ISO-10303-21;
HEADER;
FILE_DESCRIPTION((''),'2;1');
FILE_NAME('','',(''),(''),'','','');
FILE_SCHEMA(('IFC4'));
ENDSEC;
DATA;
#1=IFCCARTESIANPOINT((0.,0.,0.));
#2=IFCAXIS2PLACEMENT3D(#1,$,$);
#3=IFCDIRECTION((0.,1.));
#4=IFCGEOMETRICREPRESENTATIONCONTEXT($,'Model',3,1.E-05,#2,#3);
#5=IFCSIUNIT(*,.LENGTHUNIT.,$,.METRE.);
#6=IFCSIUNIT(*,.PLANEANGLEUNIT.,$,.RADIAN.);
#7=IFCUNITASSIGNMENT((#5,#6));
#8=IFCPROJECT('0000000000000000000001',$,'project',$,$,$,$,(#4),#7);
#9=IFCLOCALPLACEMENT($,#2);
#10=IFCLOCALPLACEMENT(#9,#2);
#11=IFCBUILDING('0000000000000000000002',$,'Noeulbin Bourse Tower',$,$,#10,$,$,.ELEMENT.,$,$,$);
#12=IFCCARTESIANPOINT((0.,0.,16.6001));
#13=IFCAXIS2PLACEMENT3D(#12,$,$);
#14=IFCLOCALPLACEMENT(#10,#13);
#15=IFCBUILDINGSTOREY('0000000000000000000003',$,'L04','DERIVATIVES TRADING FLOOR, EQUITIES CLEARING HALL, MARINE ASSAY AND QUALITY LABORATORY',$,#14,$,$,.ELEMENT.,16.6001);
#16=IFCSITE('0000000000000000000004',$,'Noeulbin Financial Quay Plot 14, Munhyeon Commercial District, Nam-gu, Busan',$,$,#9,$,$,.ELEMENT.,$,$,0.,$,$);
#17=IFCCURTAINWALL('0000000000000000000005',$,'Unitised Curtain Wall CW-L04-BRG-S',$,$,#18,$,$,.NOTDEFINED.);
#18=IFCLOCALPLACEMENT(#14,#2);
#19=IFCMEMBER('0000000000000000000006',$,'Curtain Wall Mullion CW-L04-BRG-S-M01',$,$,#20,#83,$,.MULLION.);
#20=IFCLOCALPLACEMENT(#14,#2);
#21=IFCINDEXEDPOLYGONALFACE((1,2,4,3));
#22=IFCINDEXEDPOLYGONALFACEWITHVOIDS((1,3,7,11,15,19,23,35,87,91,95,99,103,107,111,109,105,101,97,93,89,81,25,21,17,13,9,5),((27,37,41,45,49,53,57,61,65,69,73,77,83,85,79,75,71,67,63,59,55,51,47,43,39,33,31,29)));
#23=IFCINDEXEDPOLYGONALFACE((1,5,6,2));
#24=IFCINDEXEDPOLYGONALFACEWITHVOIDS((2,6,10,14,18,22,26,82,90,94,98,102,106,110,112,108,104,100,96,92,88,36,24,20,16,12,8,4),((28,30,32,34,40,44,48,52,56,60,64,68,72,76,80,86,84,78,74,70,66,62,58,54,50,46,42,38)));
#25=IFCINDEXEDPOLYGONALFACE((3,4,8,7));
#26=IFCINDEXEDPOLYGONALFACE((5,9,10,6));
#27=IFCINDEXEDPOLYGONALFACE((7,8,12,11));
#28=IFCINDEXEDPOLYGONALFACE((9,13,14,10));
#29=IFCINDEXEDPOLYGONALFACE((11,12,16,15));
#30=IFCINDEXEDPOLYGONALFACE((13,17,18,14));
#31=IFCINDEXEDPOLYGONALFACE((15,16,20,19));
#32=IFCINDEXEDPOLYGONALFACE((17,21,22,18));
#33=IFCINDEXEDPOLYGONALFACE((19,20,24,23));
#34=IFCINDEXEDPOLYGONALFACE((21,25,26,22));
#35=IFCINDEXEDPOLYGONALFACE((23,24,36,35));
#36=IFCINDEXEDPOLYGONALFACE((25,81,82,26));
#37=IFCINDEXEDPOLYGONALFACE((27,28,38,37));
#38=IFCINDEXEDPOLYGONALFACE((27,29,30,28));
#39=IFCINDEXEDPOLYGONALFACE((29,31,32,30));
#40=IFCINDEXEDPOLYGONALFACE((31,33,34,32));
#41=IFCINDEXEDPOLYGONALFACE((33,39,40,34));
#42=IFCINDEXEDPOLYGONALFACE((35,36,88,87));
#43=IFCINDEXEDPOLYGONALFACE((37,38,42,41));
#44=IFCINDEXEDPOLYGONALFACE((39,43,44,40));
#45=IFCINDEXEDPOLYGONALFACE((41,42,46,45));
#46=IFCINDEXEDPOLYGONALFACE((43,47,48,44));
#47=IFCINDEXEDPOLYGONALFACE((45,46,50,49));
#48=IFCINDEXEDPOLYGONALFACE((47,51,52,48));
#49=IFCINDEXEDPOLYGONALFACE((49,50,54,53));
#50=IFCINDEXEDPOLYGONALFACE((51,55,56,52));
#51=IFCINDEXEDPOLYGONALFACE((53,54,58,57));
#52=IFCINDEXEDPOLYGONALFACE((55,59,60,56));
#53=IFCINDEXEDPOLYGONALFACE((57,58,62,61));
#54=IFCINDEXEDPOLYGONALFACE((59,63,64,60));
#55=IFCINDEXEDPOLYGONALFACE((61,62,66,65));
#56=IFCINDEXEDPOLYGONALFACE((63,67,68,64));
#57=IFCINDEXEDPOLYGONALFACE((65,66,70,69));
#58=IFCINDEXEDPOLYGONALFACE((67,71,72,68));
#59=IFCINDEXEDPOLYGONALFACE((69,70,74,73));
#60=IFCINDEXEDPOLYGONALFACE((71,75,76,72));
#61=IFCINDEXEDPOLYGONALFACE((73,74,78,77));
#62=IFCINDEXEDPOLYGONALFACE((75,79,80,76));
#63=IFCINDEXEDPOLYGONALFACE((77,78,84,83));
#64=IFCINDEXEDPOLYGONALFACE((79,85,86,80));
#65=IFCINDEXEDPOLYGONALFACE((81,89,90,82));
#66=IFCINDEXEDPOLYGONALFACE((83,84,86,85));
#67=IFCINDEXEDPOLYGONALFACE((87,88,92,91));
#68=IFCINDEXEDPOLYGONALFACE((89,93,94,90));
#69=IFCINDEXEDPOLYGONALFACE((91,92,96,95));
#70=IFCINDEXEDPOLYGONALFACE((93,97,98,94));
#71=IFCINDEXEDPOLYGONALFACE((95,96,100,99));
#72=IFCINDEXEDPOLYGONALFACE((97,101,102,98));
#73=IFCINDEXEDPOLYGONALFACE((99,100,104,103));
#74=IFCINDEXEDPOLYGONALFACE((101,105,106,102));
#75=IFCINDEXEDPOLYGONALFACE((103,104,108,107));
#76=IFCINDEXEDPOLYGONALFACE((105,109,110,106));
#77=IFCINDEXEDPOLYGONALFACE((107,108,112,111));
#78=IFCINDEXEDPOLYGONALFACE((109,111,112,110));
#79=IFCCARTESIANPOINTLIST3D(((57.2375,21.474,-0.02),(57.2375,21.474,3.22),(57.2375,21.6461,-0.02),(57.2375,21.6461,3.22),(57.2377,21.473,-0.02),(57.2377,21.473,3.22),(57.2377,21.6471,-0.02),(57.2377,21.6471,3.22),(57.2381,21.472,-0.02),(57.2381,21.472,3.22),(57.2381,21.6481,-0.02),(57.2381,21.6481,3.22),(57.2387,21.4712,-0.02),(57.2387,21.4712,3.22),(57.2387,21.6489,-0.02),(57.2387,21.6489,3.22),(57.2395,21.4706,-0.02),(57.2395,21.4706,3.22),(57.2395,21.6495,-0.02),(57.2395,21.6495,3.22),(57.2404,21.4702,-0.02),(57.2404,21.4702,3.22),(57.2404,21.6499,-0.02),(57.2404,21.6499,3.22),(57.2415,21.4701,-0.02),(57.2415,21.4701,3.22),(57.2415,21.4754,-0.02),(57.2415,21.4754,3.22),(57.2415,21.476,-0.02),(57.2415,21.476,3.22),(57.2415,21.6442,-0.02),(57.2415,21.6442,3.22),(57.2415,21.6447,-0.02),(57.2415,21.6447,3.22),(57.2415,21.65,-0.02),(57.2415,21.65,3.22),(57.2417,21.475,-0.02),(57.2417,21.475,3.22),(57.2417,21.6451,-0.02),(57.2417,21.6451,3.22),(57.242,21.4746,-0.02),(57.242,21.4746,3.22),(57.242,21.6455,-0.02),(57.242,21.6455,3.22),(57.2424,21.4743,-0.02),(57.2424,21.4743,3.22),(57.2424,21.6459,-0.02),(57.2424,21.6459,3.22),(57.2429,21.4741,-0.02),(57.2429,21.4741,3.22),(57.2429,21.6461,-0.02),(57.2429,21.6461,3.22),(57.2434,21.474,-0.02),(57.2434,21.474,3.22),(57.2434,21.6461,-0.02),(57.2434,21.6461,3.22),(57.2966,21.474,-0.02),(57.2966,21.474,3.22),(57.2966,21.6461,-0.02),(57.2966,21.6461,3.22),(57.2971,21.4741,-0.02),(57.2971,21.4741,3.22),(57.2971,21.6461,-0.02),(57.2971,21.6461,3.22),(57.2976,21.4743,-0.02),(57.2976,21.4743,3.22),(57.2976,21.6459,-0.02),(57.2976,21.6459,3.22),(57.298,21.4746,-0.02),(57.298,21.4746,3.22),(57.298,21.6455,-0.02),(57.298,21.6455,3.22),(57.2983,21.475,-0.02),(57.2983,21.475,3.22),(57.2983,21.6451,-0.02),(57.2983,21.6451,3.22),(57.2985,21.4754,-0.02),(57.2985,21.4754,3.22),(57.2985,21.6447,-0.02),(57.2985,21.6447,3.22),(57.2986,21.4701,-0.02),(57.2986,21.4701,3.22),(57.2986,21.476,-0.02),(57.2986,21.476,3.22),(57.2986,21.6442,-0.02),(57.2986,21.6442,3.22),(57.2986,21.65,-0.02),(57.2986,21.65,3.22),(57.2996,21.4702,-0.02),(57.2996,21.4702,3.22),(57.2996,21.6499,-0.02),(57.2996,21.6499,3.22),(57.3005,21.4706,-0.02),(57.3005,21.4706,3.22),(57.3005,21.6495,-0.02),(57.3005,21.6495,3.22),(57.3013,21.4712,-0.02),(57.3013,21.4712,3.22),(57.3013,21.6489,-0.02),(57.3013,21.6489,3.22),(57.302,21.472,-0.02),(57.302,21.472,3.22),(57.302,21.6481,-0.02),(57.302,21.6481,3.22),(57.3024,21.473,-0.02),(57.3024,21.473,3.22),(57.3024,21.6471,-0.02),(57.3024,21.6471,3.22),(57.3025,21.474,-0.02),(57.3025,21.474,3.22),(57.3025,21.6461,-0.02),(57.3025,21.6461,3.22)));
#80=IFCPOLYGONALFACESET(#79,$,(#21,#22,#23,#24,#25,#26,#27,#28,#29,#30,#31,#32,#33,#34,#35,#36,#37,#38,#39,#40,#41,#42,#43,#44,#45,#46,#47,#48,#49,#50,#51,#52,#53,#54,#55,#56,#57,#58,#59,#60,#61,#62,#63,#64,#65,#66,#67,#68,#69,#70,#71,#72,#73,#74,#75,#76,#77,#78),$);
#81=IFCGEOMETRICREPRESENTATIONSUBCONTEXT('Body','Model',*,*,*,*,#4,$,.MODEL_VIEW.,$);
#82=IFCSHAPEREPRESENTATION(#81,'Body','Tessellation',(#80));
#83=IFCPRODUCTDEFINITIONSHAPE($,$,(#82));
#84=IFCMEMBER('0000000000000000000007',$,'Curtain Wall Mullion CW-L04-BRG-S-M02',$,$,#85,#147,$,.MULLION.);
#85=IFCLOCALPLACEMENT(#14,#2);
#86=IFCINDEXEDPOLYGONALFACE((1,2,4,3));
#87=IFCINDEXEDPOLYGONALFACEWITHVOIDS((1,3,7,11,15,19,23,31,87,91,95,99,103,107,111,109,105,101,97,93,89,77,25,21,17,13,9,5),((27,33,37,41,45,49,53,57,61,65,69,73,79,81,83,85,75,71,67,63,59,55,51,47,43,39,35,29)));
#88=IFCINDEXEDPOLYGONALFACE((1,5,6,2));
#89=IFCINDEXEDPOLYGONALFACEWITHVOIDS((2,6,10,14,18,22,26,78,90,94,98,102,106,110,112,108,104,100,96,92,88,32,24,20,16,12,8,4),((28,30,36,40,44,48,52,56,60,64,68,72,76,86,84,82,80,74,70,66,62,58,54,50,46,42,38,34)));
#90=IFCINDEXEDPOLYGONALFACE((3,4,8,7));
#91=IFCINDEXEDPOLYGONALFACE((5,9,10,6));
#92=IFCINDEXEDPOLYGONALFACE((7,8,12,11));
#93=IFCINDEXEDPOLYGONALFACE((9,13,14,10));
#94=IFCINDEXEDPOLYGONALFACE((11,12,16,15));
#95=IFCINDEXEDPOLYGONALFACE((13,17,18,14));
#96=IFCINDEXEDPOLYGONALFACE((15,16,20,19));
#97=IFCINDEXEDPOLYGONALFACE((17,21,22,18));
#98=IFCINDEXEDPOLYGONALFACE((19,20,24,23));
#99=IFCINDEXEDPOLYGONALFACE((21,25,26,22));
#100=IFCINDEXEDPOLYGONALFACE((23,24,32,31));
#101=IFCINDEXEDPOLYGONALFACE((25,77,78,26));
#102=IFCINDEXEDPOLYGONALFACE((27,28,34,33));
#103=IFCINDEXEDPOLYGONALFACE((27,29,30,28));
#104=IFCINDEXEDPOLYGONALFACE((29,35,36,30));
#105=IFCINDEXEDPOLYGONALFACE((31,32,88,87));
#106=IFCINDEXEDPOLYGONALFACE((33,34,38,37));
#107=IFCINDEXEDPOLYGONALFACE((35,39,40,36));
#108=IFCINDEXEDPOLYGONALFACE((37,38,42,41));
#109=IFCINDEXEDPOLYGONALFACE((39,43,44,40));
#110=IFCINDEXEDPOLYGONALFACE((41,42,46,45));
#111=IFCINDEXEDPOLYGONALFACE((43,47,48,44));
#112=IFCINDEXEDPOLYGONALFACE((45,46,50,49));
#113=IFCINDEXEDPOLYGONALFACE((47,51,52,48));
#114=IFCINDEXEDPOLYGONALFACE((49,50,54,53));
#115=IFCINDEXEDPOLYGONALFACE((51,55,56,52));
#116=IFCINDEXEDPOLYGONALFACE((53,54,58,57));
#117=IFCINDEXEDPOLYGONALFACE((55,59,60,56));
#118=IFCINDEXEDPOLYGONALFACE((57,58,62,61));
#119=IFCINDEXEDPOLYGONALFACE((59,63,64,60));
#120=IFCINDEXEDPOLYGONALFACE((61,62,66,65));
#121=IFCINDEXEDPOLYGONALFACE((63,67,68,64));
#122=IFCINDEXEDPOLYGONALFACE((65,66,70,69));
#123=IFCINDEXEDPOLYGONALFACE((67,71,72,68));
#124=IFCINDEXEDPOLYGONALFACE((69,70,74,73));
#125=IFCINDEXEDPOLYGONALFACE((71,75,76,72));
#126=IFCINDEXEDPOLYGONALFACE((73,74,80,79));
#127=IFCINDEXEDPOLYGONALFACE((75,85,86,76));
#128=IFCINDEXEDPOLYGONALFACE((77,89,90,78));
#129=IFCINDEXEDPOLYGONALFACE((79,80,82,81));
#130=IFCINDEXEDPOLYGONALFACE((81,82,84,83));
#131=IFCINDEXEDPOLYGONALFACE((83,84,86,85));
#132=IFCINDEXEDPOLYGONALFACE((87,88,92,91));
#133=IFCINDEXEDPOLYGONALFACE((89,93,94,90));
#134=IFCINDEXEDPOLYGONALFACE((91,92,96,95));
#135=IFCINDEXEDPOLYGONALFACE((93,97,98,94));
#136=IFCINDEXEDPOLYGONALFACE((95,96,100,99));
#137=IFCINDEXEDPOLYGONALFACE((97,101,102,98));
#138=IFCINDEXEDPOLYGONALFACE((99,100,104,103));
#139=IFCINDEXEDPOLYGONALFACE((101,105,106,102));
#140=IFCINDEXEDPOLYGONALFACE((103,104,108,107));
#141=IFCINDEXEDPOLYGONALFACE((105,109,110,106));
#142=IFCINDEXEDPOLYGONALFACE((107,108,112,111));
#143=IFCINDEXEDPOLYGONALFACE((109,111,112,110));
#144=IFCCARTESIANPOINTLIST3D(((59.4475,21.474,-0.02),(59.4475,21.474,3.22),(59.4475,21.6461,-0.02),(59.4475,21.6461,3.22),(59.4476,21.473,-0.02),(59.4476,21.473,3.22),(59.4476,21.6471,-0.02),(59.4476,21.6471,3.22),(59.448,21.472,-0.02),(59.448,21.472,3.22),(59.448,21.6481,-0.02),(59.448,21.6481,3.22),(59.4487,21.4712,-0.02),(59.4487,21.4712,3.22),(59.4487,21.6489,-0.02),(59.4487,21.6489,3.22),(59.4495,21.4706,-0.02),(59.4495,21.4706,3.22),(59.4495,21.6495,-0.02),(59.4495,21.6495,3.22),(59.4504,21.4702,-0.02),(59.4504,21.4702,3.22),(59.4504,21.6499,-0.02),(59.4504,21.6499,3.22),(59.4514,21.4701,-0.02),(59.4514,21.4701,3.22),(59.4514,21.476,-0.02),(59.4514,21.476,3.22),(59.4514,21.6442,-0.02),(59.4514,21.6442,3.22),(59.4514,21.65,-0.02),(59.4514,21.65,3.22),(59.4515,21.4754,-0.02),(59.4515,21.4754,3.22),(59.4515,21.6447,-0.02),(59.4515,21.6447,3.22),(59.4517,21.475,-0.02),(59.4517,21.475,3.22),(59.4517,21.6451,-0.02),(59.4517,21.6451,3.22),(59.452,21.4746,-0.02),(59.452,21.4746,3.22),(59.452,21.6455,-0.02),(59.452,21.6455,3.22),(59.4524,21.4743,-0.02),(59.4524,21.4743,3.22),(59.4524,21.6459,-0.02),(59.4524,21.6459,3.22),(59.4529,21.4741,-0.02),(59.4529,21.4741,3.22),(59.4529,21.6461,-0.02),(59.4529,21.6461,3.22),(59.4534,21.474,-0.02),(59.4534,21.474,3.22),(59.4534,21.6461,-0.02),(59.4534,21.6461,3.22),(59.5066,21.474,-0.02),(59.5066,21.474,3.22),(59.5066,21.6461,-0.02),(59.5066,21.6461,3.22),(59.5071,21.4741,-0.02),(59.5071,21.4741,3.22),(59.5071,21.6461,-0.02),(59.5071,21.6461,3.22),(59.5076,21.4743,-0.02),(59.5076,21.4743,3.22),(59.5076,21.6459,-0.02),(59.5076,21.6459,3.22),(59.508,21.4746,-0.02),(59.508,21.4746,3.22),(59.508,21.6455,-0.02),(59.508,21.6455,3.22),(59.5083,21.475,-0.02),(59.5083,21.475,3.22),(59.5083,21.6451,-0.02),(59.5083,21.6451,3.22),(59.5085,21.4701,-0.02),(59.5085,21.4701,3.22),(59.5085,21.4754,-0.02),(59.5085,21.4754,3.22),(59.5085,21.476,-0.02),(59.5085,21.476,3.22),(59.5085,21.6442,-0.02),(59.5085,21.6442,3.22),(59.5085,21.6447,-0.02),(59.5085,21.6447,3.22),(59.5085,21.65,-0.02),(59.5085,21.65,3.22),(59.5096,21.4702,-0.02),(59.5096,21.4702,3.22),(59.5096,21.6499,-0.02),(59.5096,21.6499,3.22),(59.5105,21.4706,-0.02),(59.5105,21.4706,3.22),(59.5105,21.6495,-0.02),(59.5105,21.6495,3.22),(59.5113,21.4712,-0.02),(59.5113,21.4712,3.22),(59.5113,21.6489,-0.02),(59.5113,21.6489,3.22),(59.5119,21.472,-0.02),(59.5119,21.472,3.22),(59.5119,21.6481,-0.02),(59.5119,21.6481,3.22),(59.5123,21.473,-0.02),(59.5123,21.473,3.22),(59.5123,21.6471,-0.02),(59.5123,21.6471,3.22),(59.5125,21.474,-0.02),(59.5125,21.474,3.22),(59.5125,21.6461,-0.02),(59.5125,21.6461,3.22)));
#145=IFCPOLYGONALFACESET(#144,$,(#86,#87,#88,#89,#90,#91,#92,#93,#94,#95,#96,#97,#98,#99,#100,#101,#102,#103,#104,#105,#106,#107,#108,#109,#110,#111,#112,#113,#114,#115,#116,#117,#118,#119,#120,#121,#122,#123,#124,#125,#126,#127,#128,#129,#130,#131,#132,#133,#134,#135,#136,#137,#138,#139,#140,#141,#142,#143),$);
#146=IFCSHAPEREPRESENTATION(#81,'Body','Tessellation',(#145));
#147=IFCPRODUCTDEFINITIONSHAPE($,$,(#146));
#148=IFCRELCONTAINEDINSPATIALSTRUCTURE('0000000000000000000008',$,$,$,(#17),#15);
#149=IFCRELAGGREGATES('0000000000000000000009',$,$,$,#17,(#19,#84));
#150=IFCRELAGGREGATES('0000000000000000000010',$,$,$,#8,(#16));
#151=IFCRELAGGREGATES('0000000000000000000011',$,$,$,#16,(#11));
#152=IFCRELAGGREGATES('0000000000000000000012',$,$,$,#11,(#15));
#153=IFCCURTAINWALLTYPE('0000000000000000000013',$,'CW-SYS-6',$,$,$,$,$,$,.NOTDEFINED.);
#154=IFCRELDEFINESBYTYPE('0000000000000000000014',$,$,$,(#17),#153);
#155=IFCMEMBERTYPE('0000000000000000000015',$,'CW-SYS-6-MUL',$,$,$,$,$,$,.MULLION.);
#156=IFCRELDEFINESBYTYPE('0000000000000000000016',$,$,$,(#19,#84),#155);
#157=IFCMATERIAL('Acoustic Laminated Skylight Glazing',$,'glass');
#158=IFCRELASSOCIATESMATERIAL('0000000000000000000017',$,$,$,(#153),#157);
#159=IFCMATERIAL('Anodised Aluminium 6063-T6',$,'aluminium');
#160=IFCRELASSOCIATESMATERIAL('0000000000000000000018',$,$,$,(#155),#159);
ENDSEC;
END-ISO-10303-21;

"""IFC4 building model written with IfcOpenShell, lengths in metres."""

from ifc_helpers import new_model, si_unit, direction, frame, origin, origin_2d, place, context, subcontext, project, spatial, hollow_rectangle, extrude, material, material_profile, profile_set, type_object, element, aggregate, save


model = new_model("IFC4")

# Units and contexts
model_context = context("Model", 3, precision=1e-05, world=origin(), true_north=direction((0.0, 1.0)))
body_context = subcontext(model_context, "Body", "Model", "MODEL_VIEW")
ifc_project = project(units=[si_unit("LENGTHUNIT", "METRE"), si_unit("PLANEANGLEUNIT", "RADIAN")], contexts=[model_context])

# Site, building, storey
site_placement = place(None, origin())
site = spatial("IfcSite", under=ifc_project, at=site_placement, Name="Noeulbin Financial Quay Plot 14, Munhyeon Commercial District, Nam-gu, Busan", CompositionType="ELEMENT", RefElevation=0.0)
building_placement = place(site_placement, origin())
building = spatial("IfcBuilding", under=site, at=building_placement, Name="Noeulbin Bourse Tower", CompositionType="ELEMENT")
storey_placement = place(building_placement, frame((0.0, 0.0, 16.6001)))
storey = spatial("IfcBuildingStorey", under=building, at=storey_placement, Name="L04", Description="DERIVATIVES TRADING FLOOR, EQUITIES CLEARING HALL, MARINE ASSAY AND QUALITY LABORATORY", CompositionType="ELEMENT", Elevation=16.6001)

# Curtain wall, members
ifc_material_1 = material(Name="Anodised Aluminium 6063-T6", Category="aluminium")
ifc_material_2 = material(Name="Acoustic Laminated Skylight Glazing", Category="glass")
curtain_wall_type_1 = type_object("IfcCurtainWallType", Name="CW-SYS-6", PredefinedType="NOTDEFINED", material=ifc_material_2)
curtain_wall_1_placement = place(storey_placement, origin())
curtain_wall_1 = element("IfcCurtainWall", 1, at=curtain_wall_1_placement, inside=storey, type_object=curtain_wall_type_1, Name="Unitised Curtain Wall CW-L04-BRG-S", PredefinedType="NOTDEFINED")
ifc_material_profile_1 = material_profile(ifc_material_1, hollow_rectangle(XDim=0.0649, YDim=0.1799, WallThickness=0.0039, InnerFilletRadius=0.002, OuterFilletRadius=0.0039, at=origin_2d()), Name="ALU-MULL-65x180x4", Category="LoadBearing")
ifc_profile_set_1 = profile_set([ifc_material_profile_1], Name="Anodised Aluminium 6063-T6")
member_type_1 = type_object("IfcMemberType", Name="CW-SYS-6-MUL", PredefinedType="MULLION", material=ifc_profile_set_1)
member_1_placement = place(storey_placement, frame((57.27, 21.5601, -0.02), z_axis=(0.0, 0.0, 1.0), x_axis=(1.0, 0.0, 0.0)))
member_1 = element("IfcMember", 2, at=member_1_placement, type_object=member_type_1, Name="Curtain Wall Mullion CW-L04-BRG-S-M01", PredefinedType="MULLION", context=body_context, shape_type="SweptSolid", body=[
    extrude(hollow_rectangle(XDim=0.0649, YDim=0.1799, WallThickness=0.0039, InnerFilletRadius=0.002, OuterFilletRadius=0.0039, at=origin_2d()), origin(), (0.0, 0.0, 1.0), 3.24),
])
member_2_placement = place(storey_placement, frame((59.48, 21.5601, -0.02), z_axis=(0.0, 0.0, 1.0), x_axis=(1.0, 0.0, 0.0)))
member_2 = element("IfcMember", 3, at=member_2_placement, type_object=member_type_1, Name="Curtain Wall Mullion CW-L04-BRG-S-M02", PredefinedType="MULLION", context=body_context, shape_type="SweptSolid", body=[
    extrude(hollow_rectangle(XDim=0.0649, YDim=0.1799, WallThickness=0.0039, InnerFilletRadius=0.002, OuterFilletRadius=0.0039, at=origin_2d()), origin(), (0.0, 0.0, 1.0), 3.24),
])

aggregate(curtain_wall_1, [member_1, member_2])

save(model, "model.ifc")
